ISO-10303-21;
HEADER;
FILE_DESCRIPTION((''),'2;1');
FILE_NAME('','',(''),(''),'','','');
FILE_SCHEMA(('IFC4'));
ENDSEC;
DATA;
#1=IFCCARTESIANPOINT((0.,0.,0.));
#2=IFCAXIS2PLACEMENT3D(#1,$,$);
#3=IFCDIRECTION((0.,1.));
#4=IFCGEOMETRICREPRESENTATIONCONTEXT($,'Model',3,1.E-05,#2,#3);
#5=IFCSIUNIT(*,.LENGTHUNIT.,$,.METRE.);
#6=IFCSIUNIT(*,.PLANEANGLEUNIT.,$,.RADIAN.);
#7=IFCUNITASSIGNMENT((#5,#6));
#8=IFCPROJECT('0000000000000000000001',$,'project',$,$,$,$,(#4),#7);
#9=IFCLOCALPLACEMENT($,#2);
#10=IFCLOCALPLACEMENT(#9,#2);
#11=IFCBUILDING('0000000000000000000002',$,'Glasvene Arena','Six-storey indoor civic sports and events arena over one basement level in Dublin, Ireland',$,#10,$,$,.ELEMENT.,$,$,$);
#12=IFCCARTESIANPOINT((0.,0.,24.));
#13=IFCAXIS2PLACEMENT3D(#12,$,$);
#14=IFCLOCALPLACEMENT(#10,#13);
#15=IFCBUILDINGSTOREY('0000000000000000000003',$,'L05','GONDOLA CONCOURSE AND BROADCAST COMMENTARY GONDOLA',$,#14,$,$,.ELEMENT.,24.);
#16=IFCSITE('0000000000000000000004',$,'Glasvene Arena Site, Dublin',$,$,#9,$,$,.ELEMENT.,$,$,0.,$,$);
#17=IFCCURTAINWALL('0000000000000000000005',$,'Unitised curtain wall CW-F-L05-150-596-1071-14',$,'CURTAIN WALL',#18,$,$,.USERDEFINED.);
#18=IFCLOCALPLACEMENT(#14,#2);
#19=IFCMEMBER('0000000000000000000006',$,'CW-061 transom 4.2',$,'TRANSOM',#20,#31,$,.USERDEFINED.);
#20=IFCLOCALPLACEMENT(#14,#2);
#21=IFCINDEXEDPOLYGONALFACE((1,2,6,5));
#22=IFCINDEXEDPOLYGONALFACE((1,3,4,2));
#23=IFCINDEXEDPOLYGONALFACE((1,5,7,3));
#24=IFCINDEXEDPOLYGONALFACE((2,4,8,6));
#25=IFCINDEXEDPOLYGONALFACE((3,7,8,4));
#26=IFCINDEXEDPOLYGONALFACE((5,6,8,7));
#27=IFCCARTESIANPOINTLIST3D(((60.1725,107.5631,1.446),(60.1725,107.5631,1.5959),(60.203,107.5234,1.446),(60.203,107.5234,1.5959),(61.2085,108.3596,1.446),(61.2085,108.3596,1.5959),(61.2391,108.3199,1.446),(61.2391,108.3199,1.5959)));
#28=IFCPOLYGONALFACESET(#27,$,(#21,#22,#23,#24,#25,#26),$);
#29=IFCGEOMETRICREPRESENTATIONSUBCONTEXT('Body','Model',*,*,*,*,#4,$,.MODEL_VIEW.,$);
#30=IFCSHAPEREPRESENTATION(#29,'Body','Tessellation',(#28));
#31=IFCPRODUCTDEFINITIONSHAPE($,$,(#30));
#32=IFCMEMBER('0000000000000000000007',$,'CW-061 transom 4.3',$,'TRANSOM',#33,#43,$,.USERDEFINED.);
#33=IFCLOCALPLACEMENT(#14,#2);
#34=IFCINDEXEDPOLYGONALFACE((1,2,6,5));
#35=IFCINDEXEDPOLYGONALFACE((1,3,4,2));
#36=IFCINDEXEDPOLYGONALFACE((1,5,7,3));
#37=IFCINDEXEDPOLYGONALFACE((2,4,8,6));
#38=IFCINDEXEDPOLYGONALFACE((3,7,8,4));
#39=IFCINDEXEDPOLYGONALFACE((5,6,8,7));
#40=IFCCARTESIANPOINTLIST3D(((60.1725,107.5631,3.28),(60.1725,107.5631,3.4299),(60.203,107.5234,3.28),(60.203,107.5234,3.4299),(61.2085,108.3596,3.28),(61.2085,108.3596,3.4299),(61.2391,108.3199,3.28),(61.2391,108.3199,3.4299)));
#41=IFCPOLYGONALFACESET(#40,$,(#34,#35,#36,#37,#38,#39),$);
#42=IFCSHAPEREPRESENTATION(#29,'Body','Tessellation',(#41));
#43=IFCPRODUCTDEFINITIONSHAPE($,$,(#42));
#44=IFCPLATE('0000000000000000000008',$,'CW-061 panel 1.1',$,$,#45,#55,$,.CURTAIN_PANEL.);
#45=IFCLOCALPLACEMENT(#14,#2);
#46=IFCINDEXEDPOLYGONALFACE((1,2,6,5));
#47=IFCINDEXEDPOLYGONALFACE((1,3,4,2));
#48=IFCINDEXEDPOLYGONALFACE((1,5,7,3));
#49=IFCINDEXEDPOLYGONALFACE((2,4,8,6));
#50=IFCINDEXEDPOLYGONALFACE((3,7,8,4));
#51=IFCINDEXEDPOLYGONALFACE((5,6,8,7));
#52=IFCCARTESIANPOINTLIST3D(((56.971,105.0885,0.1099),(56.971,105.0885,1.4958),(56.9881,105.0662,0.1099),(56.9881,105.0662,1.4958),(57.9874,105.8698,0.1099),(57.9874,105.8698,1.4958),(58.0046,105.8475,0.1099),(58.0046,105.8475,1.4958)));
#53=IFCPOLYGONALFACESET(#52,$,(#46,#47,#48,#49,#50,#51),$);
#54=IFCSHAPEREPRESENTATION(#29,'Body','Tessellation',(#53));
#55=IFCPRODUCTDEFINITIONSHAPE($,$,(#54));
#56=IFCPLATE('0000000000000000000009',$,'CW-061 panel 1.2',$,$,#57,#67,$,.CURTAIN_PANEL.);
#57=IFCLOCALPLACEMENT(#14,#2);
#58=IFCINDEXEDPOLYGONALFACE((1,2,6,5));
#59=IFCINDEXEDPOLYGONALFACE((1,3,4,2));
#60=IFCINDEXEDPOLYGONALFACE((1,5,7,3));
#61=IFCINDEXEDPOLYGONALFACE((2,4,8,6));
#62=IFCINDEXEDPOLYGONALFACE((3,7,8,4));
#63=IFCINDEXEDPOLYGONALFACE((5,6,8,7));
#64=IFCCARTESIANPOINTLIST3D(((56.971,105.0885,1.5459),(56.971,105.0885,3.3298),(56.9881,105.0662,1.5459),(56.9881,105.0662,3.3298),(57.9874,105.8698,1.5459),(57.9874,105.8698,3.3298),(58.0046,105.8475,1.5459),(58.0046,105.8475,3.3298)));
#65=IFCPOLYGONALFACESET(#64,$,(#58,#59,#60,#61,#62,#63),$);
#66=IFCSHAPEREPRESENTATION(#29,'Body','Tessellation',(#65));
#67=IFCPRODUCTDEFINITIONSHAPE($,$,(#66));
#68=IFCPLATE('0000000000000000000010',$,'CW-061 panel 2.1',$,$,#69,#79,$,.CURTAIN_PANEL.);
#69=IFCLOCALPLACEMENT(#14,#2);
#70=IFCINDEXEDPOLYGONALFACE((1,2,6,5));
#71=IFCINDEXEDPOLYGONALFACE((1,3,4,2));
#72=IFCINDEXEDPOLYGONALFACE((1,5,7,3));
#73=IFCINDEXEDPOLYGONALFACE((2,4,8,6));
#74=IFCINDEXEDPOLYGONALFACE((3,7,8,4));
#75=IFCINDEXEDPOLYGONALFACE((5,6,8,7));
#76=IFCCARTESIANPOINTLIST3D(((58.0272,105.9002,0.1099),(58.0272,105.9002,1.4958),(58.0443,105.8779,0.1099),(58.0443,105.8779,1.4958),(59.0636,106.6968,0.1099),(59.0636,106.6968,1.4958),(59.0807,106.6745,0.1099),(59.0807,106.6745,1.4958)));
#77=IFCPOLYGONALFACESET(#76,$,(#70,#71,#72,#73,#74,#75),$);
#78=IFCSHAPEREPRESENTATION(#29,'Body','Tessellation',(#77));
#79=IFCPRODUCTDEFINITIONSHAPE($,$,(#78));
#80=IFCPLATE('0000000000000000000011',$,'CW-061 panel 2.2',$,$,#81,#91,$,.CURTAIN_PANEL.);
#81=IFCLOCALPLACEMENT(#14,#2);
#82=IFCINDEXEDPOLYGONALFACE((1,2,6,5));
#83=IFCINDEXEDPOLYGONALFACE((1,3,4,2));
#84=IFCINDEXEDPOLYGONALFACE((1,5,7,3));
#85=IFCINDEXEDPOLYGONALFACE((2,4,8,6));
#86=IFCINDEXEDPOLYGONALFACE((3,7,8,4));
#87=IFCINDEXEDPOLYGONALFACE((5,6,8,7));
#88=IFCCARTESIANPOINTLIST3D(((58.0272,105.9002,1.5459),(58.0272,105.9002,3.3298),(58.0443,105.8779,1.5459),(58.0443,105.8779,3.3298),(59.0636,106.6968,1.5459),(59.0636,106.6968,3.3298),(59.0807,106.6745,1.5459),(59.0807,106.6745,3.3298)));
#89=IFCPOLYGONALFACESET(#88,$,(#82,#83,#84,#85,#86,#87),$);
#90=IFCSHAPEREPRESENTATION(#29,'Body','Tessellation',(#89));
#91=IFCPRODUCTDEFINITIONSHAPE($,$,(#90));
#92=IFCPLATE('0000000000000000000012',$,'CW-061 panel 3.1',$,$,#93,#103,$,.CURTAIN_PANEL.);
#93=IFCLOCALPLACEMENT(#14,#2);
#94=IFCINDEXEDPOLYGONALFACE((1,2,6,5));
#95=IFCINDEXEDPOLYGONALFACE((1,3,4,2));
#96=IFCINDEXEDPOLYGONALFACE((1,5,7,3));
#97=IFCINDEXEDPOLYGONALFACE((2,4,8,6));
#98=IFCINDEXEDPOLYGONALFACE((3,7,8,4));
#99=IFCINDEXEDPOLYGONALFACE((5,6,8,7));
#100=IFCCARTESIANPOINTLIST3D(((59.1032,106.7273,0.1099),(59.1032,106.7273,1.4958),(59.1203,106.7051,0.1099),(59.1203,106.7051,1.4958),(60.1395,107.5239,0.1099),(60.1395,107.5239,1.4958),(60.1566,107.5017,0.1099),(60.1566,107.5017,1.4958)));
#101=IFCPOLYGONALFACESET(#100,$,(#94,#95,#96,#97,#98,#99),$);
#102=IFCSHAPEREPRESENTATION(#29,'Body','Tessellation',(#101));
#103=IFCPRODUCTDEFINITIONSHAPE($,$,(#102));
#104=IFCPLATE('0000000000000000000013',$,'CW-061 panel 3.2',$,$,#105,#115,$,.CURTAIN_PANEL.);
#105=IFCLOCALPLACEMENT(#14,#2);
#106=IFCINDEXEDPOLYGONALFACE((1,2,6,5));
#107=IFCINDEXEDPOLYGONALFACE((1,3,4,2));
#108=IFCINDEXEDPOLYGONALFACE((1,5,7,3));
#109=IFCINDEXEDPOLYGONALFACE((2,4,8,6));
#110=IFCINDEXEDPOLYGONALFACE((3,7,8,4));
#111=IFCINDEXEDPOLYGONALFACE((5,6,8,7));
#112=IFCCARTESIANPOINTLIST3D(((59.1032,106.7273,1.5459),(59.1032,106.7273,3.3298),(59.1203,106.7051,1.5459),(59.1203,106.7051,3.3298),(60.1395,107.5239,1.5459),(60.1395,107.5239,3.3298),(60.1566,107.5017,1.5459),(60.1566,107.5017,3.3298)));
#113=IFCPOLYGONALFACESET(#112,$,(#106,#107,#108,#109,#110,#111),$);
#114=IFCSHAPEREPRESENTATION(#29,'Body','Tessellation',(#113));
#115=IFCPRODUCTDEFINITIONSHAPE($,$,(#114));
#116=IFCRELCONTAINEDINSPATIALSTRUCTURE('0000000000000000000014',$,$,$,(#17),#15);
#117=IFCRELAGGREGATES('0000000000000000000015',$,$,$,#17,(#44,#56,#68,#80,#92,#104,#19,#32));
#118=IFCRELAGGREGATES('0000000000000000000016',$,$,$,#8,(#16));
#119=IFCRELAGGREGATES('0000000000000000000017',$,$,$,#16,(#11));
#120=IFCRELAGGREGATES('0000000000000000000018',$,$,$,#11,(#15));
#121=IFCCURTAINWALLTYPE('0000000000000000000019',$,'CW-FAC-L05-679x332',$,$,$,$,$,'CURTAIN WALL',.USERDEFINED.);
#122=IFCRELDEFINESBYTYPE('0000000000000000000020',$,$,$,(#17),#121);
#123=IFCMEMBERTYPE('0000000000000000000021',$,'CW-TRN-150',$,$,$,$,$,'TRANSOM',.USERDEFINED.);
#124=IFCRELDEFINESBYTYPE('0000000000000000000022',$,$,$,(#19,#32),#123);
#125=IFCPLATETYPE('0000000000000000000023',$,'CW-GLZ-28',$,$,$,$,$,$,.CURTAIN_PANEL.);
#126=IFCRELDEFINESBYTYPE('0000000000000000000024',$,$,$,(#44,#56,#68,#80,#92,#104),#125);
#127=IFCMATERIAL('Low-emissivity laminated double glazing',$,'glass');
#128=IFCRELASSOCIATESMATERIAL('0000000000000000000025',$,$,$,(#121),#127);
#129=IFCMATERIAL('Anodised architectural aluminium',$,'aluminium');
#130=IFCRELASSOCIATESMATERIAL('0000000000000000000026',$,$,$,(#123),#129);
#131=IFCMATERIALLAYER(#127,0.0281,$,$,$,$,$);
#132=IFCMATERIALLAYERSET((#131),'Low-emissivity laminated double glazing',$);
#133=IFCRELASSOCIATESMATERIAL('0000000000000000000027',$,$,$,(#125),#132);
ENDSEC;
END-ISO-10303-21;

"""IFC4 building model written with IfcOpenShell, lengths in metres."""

from ifc_helpers import new_model, si_unit, direction, frame, origin, origin_2d, place, context, subcontext, project, spatial, rectangle, extrude, material, layer, layer_set, material_profile, profile_set, type_object, element, aggregate, save


model = new_model("IFC4")

# Units and contexts
model_context = context("Model", 3, precision=1e-05, world=origin(), true_north=direction((0.0, 1.0)))
body_context = subcontext(model_context, "Body", "Model", "MODEL_VIEW")
ifc_project = project(units=[si_unit("LENGTHUNIT", "METRE"), si_unit("PLANEANGLEUNIT", "RADIAN")], contexts=[model_context])

# Site, building, storey
site_placement = place(None, origin())
site = spatial("IfcSite", under=ifc_project, at=site_placement, Name="Glasvene Arena Site, Dublin", CompositionType="ELEMENT", RefElevation=0.0)
building_placement = place(site_placement, origin())
building = spatial("IfcBuilding", under=site, at=building_placement, Name="Glasvene Arena", Description="Six-storey indoor civic sports and events arena over one basement level in Dublin, Ireland", CompositionType="ELEMENT")
storey_placement = place(building_placement, frame((0.0, 0.0, 24.0)))
storey = spatial("IfcBuildingStorey", under=building, at=storey_placement, Name="L05", Description="GONDOLA CONCOURSE AND BROADCAST COMMENTARY GONDOLA", CompositionType="ELEMENT", Elevation=24.0)

# Curtain wall, members, plates
ifc_material_1 = material(Name="Low-emissivity laminated double glazing", Category="glass")
curtain_wall_type = type_object("IfcCurtainWallType", Name="CW-FAC-L05-679x332", ElementType="CURTAIN WALL", PredefinedType="USERDEFINED", material=ifc_material_1)
curtain_wall_placement = place(storey_placement, frame((56.9399, 105.0469, 0.0)))
curtain_wall = element("IfcCurtainWall", 1, at=curtain_wall_placement, inside=storey, type_object=curtain_wall_type, Name="Unitised curtain wall CW-F-L05-150-596-1071-14", ObjectType="CURTAIN WALL", PredefinedType="USERDEFINED")
ifc_material_2 = material(Name="Anodised architectural aluminium", Category="aluminium")
ifc_material_profile_1 = material_profile(ifc_material_2, rectangle(XDim=0.05, YDim=0.1499, at=origin_2d()), Name="ALU TRANSOM 50x150")
ifc_profile_set_1 = profile_set([ifc_material_profile_1], Name="Anodised architectural aluminium")
member_type_1 = type_object("IfcMemberType", Name="CW-TRN-150", ElementType="TRANSOM", PredefinedType="USERDEFINED", material=ifc_profile_set_1)
member_1_placement = place(storey_placement, frame((60.1877, 107.5432, 1.521), z_axis=(0.79277, 0.609521, 0.0), x_axis=(-0.609521, 0.79277, 0.0)))
member_1 = element("IfcMember", 2, at=member_1_placement, type_object=member_type_1, Name="CW-061 transom 4.2", ObjectType="TRANSOM", PredefinedType="USERDEFINED", context=body_context, shape_type="SweptSolid", body=[
    extrude(rectangle(XDim=0.05, YDim=0.1499, at=origin_2d()), origin(), (0.0, 0.0, 1.0), 1.3069),
])
member_2_placement = place(storey_placement, frame((60.1877, 107.5432, 3.355), z_axis=(0.79277, 0.609521, 0.0), x_axis=(-0.609521, 0.79277, 0.0)))
member_2 = element("IfcMember", 3, at=member_2_placement, type_object=member_type_1, Name="CW-061 transom 4.3", ObjectType="TRANSOM", PredefinedType="USERDEFINED", context=body_context, shape_type="SweptSolid", body=[
    extrude(rectangle(XDim=0.05, YDim=0.1499, at=origin_2d()), origin(), (0.0, 0.0, 1.0), 1.3069),
])
ifc_layer = layer(ifc_material_1, 0.0281)
ifc_layer_set = layer_set([ifc_layer], Name="Low-emissivity laminated double glazing")
plate_type = type_object("IfcPlateType", Name="CW-GLZ-28", PredefinedType="CURTAIN_PANEL", material=ifc_layer_set)
plate_1_placement = place(storey_placement, frame((57.4878, 105.468, 0.1099), z_axis=(0.0, 0.0, 1.0), x_axis=(0.79284, 0.60943, 0.0)))
plate_1 = element("IfcPlate", 4, at=plate_1_placement, type_object=plate_type, Name="CW-061 panel 1.1", PredefinedType="CURTAIN_PANEL", context=body_context, shape_type="SweptSolid", body=[
    extrude(rectangle(XDim=1.282, YDim=0.0281, at=origin_2d()), origin(), (0.0, 0.0, 1.0), 1.386),
])
plate_2_placement = place(storey_placement, frame((57.4878, 105.468, 1.5459), z_axis=(0.0, 0.0, 1.0), x_axis=(0.79284, 0.60943, 0.0)))
plate_2 = element("IfcPlate", 5, at=plate_2_placement, type_object=plate_type, Name="CW-061 panel 1.2", PredefinedType="CURTAIN_PANEL", context=body_context, shape_type="SweptSolid", body=[
    extrude(rectangle(XDim=1.282, YDim=0.0281, at=origin_2d()), origin(), (0.0, 0.0, 1.0), 1.7839),
])
plate_3_placement = place(storey_placement, frame((58.554, 106.2874, 0.1099), z_axis=(0.0, 0.0, 1.0), x_axis=(0.79284, 0.60943, 0.0)))
plate_3 = element("IfcPlate", 6, at=plate_3_placement, type_object=plate_type, Name="CW-061 panel 2.1", PredefinedType="CURTAIN_PANEL", context=body_context, shape_type="SweptSolid", body=[
    extrude(rectangle(XDim=1.3071, YDim=0.0281, at=origin_2d()), origin(), (0.0, 0.0, 1.0), 1.386),
])
plate_4_placement = place(storey_placement, frame((58.554, 106.2874, 1.5459), z_axis=(0.0, 0.0, 1.0), x_axis=(0.79284, 0.60943, 0.0)))
plate_4 = element("IfcPlate", 7, at=plate_4_placement, type_object=plate_type, Name="CW-061 panel 2.2", PredefinedType="CURTAIN_PANEL", context=body_context, shape_type="SweptSolid", body=[
    extrude(rectangle(XDim=1.3071, YDim=0.0281, at=origin_2d()), origin(), (0.0, 0.0, 1.0), 1.7839),
])
plate_5_placement = place(storey_placement, frame((59.6299, 107.1145, 0.1099), z_axis=(0.0, 0.0, 1.0), x_axis=(0.79284, 0.60943, 0.0)))
plate_5 = element("IfcPlate", 8, at=plate_5_placement, type_object=plate_type, Name="CW-061 panel 3.1", PredefinedType="CURTAIN_PANEL", context=body_context, shape_type="SweptSolid", body=[
    extrude(rectangle(XDim=1.3071, YDim=0.0281, at=origin_2d()), origin(), (0.0, 0.0, 1.0), 1.386),
])
plate_6_placement = place(storey_placement, frame((59.6299, 107.1145, 1.5459), z_axis=(0.0, 0.0, 1.0), x_axis=(0.79284, 0.60943, 0.0)))
plate_6 = element("IfcPlate", 9, at=plate_6_placement, type_object=plate_type, Name="CW-061 panel 3.2", PredefinedType="CURTAIN_PANEL", context=body_context, shape_type="SweptSolid", body=[
    extrude(rectangle(XDim=1.3071, YDim=0.0281, at=origin_2d()), origin(), (0.0, 0.0, 1.0), 1.7839),
])
aggregate(curtain_wall, [plate_1, plate_2, plate_3, plate_4, plate_5, plate_6, member_1, member_2])

save(model, "model.ifc")
